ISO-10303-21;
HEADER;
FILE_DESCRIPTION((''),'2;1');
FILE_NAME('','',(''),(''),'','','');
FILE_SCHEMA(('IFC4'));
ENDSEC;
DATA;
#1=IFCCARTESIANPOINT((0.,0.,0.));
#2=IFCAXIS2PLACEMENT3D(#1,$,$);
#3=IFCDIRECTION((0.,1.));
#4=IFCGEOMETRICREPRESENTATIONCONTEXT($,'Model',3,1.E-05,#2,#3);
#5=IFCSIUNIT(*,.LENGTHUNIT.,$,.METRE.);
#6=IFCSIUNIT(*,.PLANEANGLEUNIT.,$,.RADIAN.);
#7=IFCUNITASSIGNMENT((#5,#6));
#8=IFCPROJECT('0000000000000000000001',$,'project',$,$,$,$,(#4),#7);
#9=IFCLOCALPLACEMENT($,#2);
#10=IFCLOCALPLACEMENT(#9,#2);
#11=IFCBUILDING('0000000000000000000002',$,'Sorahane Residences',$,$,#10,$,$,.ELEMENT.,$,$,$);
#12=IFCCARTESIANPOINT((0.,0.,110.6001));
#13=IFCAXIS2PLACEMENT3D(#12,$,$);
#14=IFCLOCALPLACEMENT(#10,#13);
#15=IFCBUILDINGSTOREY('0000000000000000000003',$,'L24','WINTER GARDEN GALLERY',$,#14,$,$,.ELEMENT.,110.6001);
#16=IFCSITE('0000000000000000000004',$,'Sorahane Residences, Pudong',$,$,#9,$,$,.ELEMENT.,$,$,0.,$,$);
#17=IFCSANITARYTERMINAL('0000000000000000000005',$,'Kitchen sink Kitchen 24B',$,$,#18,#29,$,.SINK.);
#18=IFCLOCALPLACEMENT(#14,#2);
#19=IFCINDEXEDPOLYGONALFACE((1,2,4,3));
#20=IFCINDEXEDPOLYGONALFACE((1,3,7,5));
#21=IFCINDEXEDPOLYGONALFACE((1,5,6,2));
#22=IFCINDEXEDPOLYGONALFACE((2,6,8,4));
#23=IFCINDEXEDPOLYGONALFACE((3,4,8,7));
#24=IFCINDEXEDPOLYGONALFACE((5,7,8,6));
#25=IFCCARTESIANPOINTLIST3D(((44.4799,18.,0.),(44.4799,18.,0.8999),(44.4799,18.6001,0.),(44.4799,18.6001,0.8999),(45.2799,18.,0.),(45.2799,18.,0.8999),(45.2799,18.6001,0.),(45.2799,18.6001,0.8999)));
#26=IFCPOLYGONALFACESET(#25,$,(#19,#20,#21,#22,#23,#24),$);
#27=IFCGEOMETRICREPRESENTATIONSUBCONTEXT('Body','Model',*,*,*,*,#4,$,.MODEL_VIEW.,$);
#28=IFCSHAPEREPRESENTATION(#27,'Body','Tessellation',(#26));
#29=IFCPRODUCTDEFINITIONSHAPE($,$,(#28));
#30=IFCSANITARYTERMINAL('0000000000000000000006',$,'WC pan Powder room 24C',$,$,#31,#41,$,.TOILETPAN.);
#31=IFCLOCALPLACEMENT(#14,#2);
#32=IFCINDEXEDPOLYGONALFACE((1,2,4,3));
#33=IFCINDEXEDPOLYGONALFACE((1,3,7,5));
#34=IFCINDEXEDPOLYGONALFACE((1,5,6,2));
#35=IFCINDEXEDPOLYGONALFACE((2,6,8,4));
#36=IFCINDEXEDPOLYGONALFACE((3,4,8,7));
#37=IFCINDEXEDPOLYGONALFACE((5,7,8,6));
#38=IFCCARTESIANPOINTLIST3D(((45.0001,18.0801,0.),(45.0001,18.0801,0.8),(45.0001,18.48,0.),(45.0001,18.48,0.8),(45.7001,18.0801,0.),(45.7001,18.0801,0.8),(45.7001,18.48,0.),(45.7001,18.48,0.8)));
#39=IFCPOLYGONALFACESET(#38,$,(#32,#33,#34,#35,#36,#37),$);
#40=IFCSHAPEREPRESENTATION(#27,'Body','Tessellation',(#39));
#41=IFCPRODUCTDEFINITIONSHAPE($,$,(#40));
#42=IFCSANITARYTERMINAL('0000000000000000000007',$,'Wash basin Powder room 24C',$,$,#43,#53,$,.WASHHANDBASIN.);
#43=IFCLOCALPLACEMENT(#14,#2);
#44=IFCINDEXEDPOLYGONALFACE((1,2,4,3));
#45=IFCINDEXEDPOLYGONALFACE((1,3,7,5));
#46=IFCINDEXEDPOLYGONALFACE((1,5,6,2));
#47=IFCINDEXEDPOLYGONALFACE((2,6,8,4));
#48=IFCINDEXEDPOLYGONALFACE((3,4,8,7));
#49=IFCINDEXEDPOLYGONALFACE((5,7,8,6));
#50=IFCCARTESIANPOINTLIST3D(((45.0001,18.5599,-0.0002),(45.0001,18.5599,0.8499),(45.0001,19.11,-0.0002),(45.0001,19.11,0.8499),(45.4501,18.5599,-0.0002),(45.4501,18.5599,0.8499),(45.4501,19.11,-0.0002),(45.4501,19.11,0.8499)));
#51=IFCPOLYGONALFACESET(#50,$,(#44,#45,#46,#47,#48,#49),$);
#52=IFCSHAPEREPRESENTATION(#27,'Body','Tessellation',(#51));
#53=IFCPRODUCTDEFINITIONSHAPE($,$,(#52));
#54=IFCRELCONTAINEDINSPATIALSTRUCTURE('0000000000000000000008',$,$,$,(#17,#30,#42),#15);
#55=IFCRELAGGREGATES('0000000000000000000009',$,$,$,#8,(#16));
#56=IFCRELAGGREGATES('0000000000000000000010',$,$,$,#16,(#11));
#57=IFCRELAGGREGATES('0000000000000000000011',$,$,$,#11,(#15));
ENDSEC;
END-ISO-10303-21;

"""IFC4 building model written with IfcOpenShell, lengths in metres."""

from ifc_helpers import new_model, si_unit, direction, frame, origin, origin_2d, place, context, subcontext, project, spatial, rectangle, extrude, element, save


model = new_model("IFC4")

# Units and contexts
model_context = context("Model", 3, precision=1e-05, world=origin(), true_north=direction((0.0, 1.0)))
body_context = subcontext(model_context, "Body", "Model", "MODEL_VIEW")
ifc_project = project(units=[si_unit("LENGTHUNIT", "METRE"), si_unit("PLANEANGLEUNIT", "RADIAN")], contexts=[model_context])

# Site, building, storey
site_placement = place(None, origin())
site = spatial("IfcSite", under=ifc_project, at=site_placement, Name="Sorahane Residences, Pudong", CompositionType="ELEMENT", RefElevation=0.0)
building_placement = place(site_placement, origin())
building = spatial("IfcBuilding", under=site, at=building_placement, Name="Sorahane Residences", CompositionType="ELEMENT")
storey_placement = place(building_placement, frame((0.0, 0.0, 110.6001)))
storey = spatial("IfcBuildingStorey", under=building, at=storey_placement, Name="L24", Description="WINTER GARDEN GALLERY", CompositionType="ELEMENT", Elevation=110.6001)

# Sanitary terminals
sanitary_terminal_1_placement = place(storey_placement, frame((44.8799, 18.3, 0.0), z_axis=(0.0, 0.0, 1.0), x_axis=(1.0, 0.0, 0.0)))
element("IfcSanitaryTerminal", 1, at=sanitary_terminal_1_placement, inside=storey, Name="Kitchen sink Kitchen 24B", PredefinedType="SINK", context=body_context, shape_type="SweptSolid", body=[
    extrude(rectangle(XDim=0.8, YDim=0.6001, at=origin_2d()), origin(), (0.0, 0.0, 1.0), 0.8999),
])
sanitary_terminal_2_placement = place(storey_placement, frame((45.3501, 18.28, 0.0), z_axis=(0.0, 0.0, 1.0), x_axis=(0.0, 1.0, 0.0)))
element("IfcSanitaryTerminal", 2, at=sanitary_terminal_2_placement, inside=storey, Name="WC pan Powder room 24C", PredefinedType="TOILETPAN", context=body_context, shape_type="SweptSolid", body=[
    extrude(rectangle(XDim=0.3999, YDim=0.7, at=origin_2d()), origin(), (0.0, 0.0, 1.0), 0.8),
])
sanitary_terminal_3_placement = place(storey_placement, frame((45.2251, 18.835, -0.0002), z_axis=(0.0, 0.0, 1.0), x_axis=(0.0, 1.0, 0.0)))
element("IfcSanitaryTerminal", 3, at=sanitary_terminal_3_placement, inside=storey, Name="Wash basin Powder room 24C", PredefinedType="WASHHANDBASIN", context=body_context, shape_type="SweptSolid", body=[
    extrude(rectangle(XDim=0.55, YDim=0.45, at=origin_2d()), origin(), (0.0, 0.0, 1.0), 0.8501),
])

save(model, "model.ifc")
